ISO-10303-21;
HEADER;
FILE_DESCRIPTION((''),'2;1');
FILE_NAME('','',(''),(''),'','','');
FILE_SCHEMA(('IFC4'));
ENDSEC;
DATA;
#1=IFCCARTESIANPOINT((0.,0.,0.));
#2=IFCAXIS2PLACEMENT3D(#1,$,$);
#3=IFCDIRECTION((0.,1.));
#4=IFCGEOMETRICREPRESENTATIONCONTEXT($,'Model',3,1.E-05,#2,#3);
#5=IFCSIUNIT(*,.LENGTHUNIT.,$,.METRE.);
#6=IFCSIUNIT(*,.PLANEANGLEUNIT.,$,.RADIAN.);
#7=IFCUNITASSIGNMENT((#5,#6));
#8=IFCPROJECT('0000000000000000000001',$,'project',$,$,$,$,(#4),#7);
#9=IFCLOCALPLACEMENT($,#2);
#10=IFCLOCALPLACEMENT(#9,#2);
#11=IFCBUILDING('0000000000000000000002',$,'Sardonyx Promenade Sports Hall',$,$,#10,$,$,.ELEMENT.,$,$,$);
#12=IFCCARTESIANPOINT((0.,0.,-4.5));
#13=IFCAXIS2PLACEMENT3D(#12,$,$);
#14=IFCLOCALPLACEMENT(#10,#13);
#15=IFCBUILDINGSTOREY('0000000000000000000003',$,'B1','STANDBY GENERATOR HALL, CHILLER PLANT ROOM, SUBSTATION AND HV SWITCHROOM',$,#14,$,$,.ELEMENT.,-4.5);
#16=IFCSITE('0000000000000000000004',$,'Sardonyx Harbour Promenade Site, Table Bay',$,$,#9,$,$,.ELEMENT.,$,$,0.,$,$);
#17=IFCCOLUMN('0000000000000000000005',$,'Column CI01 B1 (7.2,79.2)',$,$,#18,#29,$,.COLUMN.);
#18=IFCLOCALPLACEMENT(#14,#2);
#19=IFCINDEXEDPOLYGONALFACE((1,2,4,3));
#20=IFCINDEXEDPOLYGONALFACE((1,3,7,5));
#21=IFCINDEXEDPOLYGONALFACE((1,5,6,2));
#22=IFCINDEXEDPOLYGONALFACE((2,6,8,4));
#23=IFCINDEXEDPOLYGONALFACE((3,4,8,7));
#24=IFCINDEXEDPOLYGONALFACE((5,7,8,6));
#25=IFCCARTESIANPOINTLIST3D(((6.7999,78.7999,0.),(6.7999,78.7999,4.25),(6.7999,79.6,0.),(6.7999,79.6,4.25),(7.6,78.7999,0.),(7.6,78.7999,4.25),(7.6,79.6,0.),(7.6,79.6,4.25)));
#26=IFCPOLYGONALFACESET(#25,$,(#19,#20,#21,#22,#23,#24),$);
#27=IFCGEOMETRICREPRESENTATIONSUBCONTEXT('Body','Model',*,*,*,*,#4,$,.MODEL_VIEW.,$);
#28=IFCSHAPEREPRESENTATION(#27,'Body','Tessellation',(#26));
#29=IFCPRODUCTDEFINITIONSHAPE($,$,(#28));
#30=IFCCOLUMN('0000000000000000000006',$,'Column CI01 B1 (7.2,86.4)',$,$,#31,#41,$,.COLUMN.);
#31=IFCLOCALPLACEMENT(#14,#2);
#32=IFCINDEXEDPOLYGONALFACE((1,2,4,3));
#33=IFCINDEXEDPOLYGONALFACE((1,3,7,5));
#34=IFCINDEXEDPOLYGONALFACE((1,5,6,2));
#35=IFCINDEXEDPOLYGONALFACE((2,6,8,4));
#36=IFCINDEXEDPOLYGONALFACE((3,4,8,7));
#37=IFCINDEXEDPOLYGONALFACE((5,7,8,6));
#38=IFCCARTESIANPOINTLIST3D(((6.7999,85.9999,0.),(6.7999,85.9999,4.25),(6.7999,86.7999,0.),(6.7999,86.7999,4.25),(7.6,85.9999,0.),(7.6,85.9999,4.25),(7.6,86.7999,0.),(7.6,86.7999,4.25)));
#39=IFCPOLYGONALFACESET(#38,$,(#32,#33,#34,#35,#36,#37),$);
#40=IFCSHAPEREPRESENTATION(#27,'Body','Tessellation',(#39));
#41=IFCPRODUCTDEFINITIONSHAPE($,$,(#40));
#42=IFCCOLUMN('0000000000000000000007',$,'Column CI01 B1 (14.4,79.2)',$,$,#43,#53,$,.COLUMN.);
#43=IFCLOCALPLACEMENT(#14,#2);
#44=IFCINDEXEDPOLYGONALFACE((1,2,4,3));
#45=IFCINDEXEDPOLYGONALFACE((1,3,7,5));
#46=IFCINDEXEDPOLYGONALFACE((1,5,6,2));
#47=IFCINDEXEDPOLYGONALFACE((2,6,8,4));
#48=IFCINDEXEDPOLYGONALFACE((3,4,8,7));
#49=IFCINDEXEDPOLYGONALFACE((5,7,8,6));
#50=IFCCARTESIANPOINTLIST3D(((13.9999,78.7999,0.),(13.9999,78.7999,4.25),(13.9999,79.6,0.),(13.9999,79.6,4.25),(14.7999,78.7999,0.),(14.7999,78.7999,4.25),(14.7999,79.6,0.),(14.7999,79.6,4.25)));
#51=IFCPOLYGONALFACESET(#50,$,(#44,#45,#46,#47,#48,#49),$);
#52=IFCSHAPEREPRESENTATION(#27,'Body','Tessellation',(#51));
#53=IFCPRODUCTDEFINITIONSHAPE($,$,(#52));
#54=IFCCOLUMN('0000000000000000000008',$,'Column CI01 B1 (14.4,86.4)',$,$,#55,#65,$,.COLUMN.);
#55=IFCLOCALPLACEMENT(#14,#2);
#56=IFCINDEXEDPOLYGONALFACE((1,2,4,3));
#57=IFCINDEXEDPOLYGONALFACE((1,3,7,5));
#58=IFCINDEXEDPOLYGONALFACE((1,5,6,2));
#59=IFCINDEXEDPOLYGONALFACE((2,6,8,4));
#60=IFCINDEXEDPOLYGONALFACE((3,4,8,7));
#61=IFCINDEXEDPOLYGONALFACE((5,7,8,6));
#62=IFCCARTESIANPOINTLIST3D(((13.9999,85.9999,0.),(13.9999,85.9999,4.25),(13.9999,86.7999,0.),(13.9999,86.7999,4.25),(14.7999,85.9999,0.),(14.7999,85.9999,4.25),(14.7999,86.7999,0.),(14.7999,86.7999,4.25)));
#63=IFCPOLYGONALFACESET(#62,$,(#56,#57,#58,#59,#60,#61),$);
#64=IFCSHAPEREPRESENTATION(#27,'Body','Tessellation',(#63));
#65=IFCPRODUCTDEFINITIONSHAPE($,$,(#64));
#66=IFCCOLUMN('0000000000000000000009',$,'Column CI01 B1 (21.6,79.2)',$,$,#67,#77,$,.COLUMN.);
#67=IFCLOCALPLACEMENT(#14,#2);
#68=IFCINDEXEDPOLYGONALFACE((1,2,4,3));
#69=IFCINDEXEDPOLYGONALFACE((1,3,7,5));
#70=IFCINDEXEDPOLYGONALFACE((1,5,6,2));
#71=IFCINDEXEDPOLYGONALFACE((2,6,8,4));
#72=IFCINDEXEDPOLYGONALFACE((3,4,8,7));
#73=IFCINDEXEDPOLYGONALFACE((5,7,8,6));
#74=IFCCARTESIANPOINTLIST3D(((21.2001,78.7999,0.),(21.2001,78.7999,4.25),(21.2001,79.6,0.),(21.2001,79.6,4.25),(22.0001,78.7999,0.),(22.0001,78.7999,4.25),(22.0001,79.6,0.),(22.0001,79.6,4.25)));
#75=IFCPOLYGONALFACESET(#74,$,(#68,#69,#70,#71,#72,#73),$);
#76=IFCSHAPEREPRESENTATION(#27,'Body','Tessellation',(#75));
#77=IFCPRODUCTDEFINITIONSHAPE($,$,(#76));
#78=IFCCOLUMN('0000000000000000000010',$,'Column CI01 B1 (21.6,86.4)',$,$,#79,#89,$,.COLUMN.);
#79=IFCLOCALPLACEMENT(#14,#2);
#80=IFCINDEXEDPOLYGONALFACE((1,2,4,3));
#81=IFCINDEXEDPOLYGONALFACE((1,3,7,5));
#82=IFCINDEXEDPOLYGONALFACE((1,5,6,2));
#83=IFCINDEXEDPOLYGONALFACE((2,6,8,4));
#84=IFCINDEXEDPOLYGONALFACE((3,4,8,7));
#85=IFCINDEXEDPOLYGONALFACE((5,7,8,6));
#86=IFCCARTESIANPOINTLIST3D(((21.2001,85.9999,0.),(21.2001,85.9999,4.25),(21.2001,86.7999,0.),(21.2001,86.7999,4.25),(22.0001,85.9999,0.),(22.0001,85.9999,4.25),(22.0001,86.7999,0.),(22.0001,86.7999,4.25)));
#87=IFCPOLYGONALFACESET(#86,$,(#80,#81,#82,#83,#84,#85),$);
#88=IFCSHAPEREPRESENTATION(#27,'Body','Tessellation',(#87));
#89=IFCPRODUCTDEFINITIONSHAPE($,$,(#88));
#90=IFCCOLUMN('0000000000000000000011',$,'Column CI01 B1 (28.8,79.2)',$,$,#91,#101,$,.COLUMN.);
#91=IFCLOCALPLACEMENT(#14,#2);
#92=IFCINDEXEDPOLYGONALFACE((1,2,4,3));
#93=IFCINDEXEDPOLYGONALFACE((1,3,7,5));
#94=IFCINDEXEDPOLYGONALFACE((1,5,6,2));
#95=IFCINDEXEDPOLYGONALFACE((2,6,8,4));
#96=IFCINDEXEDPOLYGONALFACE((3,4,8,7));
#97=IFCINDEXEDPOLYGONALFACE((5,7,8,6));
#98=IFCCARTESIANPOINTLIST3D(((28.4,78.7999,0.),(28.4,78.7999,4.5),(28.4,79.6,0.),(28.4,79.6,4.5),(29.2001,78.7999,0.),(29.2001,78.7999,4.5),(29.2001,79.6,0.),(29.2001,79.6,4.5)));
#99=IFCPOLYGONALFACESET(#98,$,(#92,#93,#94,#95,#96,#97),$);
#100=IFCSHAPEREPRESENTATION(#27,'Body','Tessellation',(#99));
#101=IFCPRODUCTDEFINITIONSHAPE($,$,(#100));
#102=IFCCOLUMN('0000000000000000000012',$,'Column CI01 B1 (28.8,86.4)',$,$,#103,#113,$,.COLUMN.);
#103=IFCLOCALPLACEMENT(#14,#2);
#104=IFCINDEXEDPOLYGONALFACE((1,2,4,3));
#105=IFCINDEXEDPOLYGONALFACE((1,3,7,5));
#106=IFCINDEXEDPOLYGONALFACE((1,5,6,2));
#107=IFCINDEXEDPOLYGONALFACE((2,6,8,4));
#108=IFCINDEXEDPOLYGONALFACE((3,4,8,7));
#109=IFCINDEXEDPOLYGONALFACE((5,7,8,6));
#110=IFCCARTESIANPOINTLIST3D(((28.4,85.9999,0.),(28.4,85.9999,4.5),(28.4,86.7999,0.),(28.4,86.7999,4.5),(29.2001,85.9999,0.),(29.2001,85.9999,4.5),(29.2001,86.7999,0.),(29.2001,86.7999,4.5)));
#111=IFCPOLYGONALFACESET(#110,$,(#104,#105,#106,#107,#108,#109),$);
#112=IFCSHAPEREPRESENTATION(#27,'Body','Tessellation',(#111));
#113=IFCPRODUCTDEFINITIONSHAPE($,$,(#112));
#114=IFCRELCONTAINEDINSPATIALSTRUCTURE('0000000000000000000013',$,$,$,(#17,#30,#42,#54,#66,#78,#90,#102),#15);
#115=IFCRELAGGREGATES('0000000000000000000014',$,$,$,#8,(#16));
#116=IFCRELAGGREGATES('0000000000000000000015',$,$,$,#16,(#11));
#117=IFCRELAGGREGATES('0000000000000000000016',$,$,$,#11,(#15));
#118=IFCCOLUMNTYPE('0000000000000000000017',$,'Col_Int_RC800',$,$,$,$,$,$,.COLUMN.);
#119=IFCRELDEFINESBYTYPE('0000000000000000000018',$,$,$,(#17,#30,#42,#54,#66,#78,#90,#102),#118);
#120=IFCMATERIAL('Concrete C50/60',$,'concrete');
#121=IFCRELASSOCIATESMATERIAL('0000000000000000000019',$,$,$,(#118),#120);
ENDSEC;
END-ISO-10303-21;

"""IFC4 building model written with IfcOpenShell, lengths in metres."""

from ifc_helpers import new_model, si_unit, direction, frame, origin, origin_2d, place, context, subcontext, project, spatial, rectangle, extrude, material, material_profile, profile_set, type_object, element, save


model = new_model("IFC4")

# Units and contexts
model_context = context("Model", 3, precision=1e-05, world=origin(), true_north=direction((0.0, 1.0)))
body_context = subcontext(model_context, "Body", "Model", "MODEL_VIEW")
ifc_project = project(units=[si_unit("LENGTHUNIT", "METRE"), si_unit("PLANEANGLEUNIT", "RADIAN")], contexts=[model_context])

# Site, building, storey
site_placement = place(None, origin())
site = spatial("IfcSite", under=ifc_project, at=site_placement, Name="Sardonyx Harbour Promenade Site, Table Bay", CompositionType="ELEMENT", RefElevation=0.0)
building_placement = place(site_placement, origin())
building = spatial("IfcBuilding", under=site, at=building_placement, Name="Sardonyx Promenade Sports Hall", CompositionType="ELEMENT")
storey_placement = place(building_placement, frame((0.0, 0.0, -4.5)))
storey = spatial("IfcBuildingStorey", under=building, at=storey_placement, Name="B1", Description="STANDBY GENERATOR HALL, CHILLER PLANT ROOM, SUBSTATION AND HV SWITCHROOM", CompositionType="ELEMENT", Elevation=-4.5)

# Columns
ifc_material_1 = material(Name="Concrete C50/60", Category="concrete")
ifc_material_profile_1 = material_profile(ifc_material_1, rectangle(XDim=0.8, YDim=0.8, at=origin_2d()))
ifc_profile_set_1 = profile_set([ifc_material_profile_1], Name="Concrete C50/60")
column_type_1 = type_object("IfcColumnType", Name="Col_Int_RC800", PredefinedType="COLUMN", material=ifc_profile_set_1)
for number, where, z_axis, x_axis, name in (
    (1, (7.2, 79.2, 0.0), (0.0, 0.0, 1.0), (1.0, 0.0, 0.0), "Column CI01 B1 (7.2,79.2)"),
    (2, (7.2, 86.3999, 0.0), (0.0, 0.0, 1.0), (1.0, 0.0, 0.0), "Column CI01 B1 (7.2,86.4)"),
    (3, (14.3999, 79.2, 0.0), (0.0, 0.0, 1.0), (1.0, 0.0, 0.0), "Column CI01 B1 (14.4,79.2)"),
    (4, (14.3999, 86.3999, 0.0), (0.0, 0.0, 1.0), (1.0, 0.0, 0.0), "Column CI01 B1 (14.4,86.4)"),
    (5, (21.6001, 79.2, 0.0), (0.0, 0.0, 1.0), (1.0, 0.0, 0.0), "Column CI01 B1 (21.6,79.2)"),
    (6, (21.6001, 86.3999, 0.0), (0.0, 0.0, 1.0), (1.0, 0.0, 0.0), "Column CI01 B1 (21.6,86.4)"),
):
    element("IfcColumn", number, at=place(storey_placement, frame(where, z_axis=z_axis, x_axis=x_axis)), inside=storey, type_object=column_type_1, Name=name, PredefinedType="COLUMN", context=body_context, shape_type="SweptSolid", body=[
        extrude(rectangle(XDim=0.8, YDim=0.8, at=origin_2d()), origin(), (0.0, 0.0, 1.0), 4.25),
    ])
for number, where, z_axis, x_axis, name in (
    (7, (28.8, 79.2, 0.0), (0.0, 0.0, 1.0), (1.0, 0.0, 0.0), "Column CI01 B1 (28.8,79.2)"),
    (8, (28.8, 86.3999, 0.0), (0.0, 0.0, 1.0), (1.0, 0.0, 0.0), "Column CI01 B1 (28.8,86.4)"),
):
    element("IfcColumn", number, at=place(storey_placement, frame(where, z_axis=z_axis, x_axis=x_axis)), inside=storey, type_object=column_type_1, Name=name, PredefinedType="COLUMN", context=body_context, shape_type="SweptSolid", body=[
        extrude(rectangle(XDim=0.8, YDim=0.8, at=origin_2d()), origin(), (0.0, 0.0, 1.0), 4.5),
    ])

save(model, "model.ifc")
